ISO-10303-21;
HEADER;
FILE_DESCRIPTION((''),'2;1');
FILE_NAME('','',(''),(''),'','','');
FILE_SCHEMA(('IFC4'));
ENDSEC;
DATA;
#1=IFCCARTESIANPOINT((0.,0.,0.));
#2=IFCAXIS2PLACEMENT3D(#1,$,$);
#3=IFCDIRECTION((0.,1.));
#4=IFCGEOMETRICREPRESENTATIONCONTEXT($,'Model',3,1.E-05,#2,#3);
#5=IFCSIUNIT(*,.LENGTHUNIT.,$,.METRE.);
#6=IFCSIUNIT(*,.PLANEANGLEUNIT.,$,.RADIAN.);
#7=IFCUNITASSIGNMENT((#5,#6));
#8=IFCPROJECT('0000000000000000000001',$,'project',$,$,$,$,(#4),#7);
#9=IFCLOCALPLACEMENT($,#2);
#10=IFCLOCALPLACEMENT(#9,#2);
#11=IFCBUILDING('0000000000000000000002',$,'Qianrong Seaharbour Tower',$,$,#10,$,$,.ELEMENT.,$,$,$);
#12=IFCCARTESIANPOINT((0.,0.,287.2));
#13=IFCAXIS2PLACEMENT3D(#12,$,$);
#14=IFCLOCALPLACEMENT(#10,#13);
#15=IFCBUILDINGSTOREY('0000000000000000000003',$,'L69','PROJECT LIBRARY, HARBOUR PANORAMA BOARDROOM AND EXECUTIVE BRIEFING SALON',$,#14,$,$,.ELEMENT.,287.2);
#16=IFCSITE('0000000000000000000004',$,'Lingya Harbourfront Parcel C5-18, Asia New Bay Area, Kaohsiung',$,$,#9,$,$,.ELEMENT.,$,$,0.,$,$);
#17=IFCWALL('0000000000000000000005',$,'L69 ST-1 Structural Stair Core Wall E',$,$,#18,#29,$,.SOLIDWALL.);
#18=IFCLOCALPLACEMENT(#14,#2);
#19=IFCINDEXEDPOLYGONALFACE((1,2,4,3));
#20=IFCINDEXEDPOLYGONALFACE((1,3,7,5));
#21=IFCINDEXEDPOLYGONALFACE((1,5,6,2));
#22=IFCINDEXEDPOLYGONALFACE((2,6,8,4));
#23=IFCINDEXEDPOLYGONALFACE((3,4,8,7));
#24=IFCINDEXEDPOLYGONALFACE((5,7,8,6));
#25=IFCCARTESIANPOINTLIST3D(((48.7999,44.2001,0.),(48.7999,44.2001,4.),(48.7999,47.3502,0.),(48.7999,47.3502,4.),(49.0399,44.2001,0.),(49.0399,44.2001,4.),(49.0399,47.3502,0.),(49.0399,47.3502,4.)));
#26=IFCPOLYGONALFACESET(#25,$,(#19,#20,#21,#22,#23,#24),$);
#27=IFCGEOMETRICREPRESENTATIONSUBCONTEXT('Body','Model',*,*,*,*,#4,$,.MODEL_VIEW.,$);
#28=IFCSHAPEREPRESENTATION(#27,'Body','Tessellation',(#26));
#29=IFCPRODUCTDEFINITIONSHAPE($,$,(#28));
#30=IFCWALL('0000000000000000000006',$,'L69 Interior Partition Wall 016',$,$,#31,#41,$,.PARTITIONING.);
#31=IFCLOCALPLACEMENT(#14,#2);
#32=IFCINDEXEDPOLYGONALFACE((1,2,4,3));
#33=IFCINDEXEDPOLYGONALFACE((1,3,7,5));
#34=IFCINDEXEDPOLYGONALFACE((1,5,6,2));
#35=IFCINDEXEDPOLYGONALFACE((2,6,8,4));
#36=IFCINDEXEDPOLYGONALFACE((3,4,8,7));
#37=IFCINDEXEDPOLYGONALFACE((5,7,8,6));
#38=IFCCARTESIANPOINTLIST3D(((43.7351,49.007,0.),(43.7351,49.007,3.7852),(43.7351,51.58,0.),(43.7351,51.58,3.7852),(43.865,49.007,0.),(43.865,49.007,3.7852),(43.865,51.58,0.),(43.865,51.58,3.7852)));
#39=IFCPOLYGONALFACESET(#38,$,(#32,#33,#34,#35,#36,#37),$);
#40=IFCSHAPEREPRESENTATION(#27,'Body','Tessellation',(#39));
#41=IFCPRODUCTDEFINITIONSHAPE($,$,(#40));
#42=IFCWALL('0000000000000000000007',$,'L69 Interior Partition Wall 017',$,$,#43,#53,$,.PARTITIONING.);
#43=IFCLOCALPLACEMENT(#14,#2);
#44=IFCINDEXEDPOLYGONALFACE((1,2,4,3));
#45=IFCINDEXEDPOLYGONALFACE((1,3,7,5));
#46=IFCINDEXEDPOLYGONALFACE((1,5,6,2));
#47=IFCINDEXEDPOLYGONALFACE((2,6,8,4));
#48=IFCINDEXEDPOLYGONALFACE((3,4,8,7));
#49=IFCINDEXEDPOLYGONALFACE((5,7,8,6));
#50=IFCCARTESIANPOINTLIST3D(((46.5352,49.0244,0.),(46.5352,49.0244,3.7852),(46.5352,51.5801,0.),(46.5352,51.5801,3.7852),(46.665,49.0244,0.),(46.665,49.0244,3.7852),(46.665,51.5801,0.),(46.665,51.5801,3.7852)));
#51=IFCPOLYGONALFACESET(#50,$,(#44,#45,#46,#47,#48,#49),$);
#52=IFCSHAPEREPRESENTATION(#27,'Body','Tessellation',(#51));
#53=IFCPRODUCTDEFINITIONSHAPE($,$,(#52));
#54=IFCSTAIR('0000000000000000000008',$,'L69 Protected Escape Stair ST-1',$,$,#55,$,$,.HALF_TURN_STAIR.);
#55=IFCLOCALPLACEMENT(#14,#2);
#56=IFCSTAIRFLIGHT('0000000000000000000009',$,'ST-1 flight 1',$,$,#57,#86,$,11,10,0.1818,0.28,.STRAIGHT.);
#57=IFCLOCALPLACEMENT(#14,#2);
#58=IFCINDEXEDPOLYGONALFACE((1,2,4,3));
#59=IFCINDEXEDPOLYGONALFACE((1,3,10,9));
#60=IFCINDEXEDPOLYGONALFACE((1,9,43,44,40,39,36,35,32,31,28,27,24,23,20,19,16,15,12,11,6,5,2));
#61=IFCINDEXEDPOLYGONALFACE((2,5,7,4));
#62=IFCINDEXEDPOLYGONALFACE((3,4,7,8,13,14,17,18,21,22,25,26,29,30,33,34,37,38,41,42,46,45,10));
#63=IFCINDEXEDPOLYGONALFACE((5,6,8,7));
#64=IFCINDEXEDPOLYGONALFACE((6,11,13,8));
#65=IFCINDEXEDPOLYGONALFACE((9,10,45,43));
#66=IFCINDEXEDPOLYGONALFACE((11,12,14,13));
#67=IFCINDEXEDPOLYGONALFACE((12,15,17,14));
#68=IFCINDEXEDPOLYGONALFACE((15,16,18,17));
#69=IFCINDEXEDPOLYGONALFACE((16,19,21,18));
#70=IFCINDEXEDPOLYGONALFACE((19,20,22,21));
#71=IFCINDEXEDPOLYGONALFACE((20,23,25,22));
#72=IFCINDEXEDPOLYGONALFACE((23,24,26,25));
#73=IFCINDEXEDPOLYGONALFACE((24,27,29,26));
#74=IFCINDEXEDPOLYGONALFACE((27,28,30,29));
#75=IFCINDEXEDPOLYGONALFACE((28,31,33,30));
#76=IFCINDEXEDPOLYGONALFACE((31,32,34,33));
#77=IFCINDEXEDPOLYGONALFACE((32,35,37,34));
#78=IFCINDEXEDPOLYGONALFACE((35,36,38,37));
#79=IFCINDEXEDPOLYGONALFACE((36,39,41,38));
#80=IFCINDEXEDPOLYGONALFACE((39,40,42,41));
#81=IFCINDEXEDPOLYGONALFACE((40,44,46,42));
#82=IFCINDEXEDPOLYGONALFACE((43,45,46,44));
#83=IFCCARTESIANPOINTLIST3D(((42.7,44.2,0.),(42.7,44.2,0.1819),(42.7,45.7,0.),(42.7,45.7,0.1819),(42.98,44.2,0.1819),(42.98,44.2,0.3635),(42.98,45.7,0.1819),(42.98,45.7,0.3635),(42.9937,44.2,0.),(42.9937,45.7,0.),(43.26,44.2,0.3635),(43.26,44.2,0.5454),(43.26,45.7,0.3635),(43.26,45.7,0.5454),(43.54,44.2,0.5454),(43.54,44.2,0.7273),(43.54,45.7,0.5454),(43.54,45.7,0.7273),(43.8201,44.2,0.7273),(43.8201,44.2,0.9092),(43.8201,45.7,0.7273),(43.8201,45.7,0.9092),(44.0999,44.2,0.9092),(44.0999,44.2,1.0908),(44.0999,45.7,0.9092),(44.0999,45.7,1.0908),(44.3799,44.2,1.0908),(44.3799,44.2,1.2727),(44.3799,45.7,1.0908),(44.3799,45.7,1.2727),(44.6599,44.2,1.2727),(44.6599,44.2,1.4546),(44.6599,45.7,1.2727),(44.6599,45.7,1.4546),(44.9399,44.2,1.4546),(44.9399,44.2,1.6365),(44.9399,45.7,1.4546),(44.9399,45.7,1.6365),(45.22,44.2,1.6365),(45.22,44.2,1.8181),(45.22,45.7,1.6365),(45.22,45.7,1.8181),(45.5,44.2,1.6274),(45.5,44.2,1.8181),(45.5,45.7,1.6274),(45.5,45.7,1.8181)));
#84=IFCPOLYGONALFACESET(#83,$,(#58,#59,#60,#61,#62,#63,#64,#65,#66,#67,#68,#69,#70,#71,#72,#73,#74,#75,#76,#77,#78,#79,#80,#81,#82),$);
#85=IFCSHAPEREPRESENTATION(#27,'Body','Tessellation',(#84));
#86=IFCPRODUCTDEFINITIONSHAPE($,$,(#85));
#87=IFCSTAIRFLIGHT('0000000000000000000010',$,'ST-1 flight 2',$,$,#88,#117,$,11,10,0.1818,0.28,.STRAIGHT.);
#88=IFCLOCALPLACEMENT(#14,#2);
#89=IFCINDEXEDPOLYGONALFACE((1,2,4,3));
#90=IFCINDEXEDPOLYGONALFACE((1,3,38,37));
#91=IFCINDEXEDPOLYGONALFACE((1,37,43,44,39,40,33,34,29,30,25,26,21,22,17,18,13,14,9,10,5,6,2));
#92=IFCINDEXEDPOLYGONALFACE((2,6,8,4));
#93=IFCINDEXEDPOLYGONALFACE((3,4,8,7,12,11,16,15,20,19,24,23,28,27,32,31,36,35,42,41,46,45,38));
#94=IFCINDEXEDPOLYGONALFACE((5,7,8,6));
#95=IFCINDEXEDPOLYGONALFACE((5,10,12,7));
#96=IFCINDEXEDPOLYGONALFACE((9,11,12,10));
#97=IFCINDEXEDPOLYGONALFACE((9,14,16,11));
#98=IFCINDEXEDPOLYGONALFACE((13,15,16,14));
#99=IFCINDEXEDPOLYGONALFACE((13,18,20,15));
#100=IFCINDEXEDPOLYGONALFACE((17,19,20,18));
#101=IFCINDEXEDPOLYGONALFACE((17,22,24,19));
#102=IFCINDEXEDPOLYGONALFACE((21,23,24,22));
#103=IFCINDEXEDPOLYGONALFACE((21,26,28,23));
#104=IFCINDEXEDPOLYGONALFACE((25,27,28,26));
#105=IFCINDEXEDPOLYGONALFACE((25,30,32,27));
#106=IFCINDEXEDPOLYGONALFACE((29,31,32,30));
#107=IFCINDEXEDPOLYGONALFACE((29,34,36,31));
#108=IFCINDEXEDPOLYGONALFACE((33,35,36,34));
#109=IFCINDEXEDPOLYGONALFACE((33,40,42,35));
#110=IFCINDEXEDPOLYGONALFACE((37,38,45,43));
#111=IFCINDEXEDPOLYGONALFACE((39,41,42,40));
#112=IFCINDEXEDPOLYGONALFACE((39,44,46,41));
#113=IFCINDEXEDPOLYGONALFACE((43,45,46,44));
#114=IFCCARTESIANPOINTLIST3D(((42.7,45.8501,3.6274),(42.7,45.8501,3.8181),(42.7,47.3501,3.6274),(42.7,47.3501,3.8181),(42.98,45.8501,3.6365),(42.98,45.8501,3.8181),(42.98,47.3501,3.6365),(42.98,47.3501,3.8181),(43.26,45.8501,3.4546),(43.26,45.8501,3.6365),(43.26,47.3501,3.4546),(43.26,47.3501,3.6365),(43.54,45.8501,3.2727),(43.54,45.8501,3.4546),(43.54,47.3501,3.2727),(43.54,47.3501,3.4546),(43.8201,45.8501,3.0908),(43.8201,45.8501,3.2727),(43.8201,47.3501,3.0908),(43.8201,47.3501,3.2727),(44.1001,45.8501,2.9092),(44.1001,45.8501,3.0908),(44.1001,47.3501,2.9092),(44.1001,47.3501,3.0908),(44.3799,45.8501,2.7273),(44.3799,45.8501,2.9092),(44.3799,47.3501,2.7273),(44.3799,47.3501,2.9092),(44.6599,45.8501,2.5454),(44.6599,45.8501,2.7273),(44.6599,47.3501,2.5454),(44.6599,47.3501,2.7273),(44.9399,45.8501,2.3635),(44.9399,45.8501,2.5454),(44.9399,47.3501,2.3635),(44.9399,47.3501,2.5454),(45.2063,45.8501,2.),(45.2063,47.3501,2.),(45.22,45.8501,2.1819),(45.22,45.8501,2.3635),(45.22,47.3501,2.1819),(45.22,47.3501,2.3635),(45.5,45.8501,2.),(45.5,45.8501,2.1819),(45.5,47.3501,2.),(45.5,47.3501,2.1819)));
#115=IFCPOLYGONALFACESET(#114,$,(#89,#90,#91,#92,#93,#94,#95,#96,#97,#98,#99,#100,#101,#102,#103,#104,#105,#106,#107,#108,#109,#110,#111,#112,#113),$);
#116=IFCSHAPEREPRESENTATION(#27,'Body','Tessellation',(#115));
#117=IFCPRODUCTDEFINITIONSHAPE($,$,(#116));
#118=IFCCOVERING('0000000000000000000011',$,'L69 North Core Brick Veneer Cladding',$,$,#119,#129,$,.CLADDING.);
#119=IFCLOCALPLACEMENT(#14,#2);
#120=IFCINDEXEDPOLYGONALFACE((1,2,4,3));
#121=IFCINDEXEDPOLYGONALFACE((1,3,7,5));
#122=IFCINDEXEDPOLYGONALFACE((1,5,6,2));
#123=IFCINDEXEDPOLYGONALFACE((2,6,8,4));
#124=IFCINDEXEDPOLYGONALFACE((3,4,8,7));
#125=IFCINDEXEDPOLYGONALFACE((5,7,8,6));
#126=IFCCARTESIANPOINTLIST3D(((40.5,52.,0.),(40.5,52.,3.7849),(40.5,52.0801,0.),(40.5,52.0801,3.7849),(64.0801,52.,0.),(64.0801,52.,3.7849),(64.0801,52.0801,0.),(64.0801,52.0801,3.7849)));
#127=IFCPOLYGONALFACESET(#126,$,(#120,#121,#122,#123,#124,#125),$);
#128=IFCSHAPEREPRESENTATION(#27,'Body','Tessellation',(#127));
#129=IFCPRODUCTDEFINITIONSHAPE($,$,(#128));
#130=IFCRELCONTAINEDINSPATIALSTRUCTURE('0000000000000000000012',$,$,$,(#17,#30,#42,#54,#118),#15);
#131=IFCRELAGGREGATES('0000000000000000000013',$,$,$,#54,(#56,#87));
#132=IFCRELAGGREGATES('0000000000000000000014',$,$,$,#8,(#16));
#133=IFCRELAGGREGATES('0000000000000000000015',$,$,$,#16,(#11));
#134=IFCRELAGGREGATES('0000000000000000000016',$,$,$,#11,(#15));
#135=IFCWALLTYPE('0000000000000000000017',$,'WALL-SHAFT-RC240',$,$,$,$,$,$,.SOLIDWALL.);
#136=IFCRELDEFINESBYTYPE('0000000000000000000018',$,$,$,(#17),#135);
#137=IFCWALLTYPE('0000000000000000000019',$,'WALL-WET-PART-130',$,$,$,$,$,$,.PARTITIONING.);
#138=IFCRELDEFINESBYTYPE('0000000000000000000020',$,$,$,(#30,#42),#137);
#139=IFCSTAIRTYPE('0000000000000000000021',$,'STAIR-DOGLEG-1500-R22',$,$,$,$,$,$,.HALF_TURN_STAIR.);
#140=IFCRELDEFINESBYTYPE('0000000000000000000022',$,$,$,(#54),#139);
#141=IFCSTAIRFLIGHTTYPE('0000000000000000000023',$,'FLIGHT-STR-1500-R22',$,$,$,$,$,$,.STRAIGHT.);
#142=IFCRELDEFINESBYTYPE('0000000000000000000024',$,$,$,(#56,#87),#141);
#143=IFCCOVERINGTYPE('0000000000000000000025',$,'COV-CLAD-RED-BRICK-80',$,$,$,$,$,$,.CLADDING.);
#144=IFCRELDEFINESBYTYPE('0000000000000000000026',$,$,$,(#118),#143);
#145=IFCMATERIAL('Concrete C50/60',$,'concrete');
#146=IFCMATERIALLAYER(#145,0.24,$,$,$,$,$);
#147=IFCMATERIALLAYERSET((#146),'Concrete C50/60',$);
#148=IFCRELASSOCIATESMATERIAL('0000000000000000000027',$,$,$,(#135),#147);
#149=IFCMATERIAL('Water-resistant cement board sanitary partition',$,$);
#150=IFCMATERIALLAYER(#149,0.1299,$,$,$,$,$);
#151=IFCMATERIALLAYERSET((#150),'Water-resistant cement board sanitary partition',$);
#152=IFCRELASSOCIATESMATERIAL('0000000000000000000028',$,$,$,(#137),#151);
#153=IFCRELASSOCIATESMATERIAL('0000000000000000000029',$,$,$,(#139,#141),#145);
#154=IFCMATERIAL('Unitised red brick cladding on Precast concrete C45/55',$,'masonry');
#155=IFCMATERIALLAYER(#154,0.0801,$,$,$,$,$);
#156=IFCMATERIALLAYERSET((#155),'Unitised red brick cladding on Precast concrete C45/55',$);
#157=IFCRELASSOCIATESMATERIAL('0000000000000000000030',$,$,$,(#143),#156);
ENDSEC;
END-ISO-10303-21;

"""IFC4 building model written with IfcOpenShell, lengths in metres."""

from ifc_helpers import new_model, si_unit, direction, frame, frame_2d, origin, origin_2d, place, context, subcontext, project, spatial, polyline, rectangle, outline, extrude, material, layer, layer_set, type_object, element, aggregate, save


model = new_model("IFC4")

# Units and contexts
model_context = context("Model", 3, precision=1e-05, world=origin(), true_north=direction((0.0, 1.0)))
body_context = subcontext(model_context, "Body", "Model", "MODEL_VIEW")
ifc_project = project(units=[si_unit("LENGTHUNIT", "METRE"), si_unit("PLANEANGLEUNIT", "RADIAN")], contexts=[model_context])

# Site, building, storey
site_placement = place(None, origin())
site = spatial("IfcSite", under=ifc_project, at=site_placement, Name="Lingya Harbourfront Parcel C5-18, Asia New Bay Area, Kaohsiung", CompositionType="ELEMENT", RefElevation=0.0)
building_placement = place(site_placement, origin())
building = spatial("IfcBuilding", under=site, at=building_placement, Name="Qianrong Seaharbour Tower", CompositionType="ELEMENT")
storey_placement = place(building_placement, frame((0.0, 0.0, 287.2)))
storey = spatial("IfcBuildingStorey", under=building, at=storey_placement, Name="L69", Description="PROJECT LIBRARY, HARBOUR PANORAMA BOARDROOM AND EXECUTIVE BRIEFING SALON", CompositionType="ELEMENT", Elevation=287.2)

# Shared definitions
ifc_material_1 = material(Name="Concrete C50/60", Category="concrete")

# Shared definitions
ifc_layer_1 = layer(ifc_material_1, 0.24)
ifc_layer_set_1 = layer_set([ifc_layer_1], Name="Concrete C50/60")
wall_type_1 = type_object("IfcWallType", Name="WALL-SHAFT-RC240", PredefinedType="SOLIDWALL", material=ifc_layer_set_1)

# Wall
wall_1_placement = place(storey_placement, frame((48.9199, 44.2, 0.0), z_axis=(0.0, 0.0, 1.0), x_axis=(0.0, 1.0, 0.0)))
element("IfcWall", 1, at=wall_1_placement, inside=storey, type_object=wall_type_1, Name="L69 ST-1 Structural Stair Core Wall E", PredefinedType="SOLIDWALL", context=body_context, shape_type="SweptSolid", body=[
    extrude(rectangle(XDim=3.1501, YDim=0.24, at=frame_2d((1.5752, 0.0))), origin(), (0.0, 0.0, 1.0), 4.0),
])

# Shared definitions
ifc_material_2 = material(Name="Water-resistant cement board sanitary partition")
ifc_layer_2 = layer(ifc_material_2, 0.1299)
ifc_layer_set_2 = layer_set([ifc_layer_2], Name="Water-resistant cement board sanitary partition")
wall_type_2 = type_object("IfcWallType", Name="WALL-WET-PART-130", PredefinedType="PARTITIONING", material=ifc_layer_set_2)

# Walls
wall_2_placement = place(storey_placement, frame((43.8, 51.5801, 0.0), z_axis=(0.0, 0.0, 1.0), x_axis=(0.0, -1.0, 0.0)))
element("IfcWall", 2, at=wall_2_placement, inside=storey, type_object=wall_type_2, Name="L69 Interior Partition Wall 016", PredefinedType="PARTITIONING", context=body_context, shape_type="SweptSolid", body=[
    extrude(rectangle(XDim=2.573, YDim=0.1299, at=frame_2d((1.2866, 0.0))), origin(), (0.0, 0.0, 1.0), 3.7852),
])
wall_3_placement = place(storey_placement, frame((46.6001, 51.5801, 0.0), z_axis=(0.0, 0.0, 1.0), x_axis=(0.0, -1.0, 0.0)))
element("IfcWall", 3, at=wall_3_placement, inside=storey, type_object=wall_type_2, Name="L69 Interior Partition Wall 017", PredefinedType="PARTITIONING", context=body_context, shape_type="SweptSolid", body=[
    extrude(rectangle(XDim=2.5557, YDim=0.1299, at=frame_2d((1.2778, 0.0))), origin(), (0.0, 0.0, 1.0), 3.7852),
])

# Stair, stair flights
stair_type = type_object("IfcStairType", Name="STAIR-DOGLEG-1500-R22", PredefinedType="HALF_TURN_STAIR", material=ifc_material_1)
stair_placement = place(storey_placement, origin())
stair = element("IfcStair", 4, at=stair_placement, inside=storey, type_object=stair_type, Name="L69 Protected Escape Stair ST-1", PredefinedType="HALF_TURN_STAIR")
stair_flight_type = type_object("IfcStairFlightType", Name="FLIGHT-STR-1500-R22", PredefinedType="STRAIGHT", material=ifc_material_1)
stair_flight_1_placement = place(storey_placement, frame((42.7, 44.95, 0.0), z_axis=(0.0, 0.0, 1.0), x_axis=(1.0, 0.0, 0.0)))
stair_flight_1 = element("IfcStairFlight", 5, at=stair_flight_1_placement, type_object=stair_flight_type, Name="ST-1 flight 1", NumberOfRisers=11, NumberOfTreads=10, PredefinedType="STRAIGHT", RiserHeight=0.1818, TreadLength=0.28, context=body_context, shape_type="SweptSolid", body=[
    extrude(outline(polyline([(0.0, 0.0), (0.0, 0.1819), (0.28, 0.1819), (0.28, 0.3635), (0.5601, 0.3635), (0.5601, 0.5454), (0.8401, 0.5454), (0.8401, 0.7273), (1.1201, 0.7273), (1.1201, 0.9092), (1.3999, 0.9092), (1.3999, 1.0908), (1.6799, 1.0908), (1.6799, 1.2727), (1.96, 1.2727), (1.96, 1.4546), (2.24, 1.4546), (2.24, 1.6365), (2.52, 1.6365), (2.52, 1.8181), (2.8, 1.8181), (2.8, 2.0), (2.8, 1.6274), (0.2937, 0.0), (0.0, 0.0)])), frame((0.0, 0.75, 0.0), z_axis=(0.0, -1.0, 0.0), x_axis=(1.0, 0.0, 0.0)), (0.0, 0.0, 1.0), 1.5),
])
stair_flight_2_placement = place(storey_placement, frame((45.5, 46.6001, 2.0), z_axis=(0.0, 0.0, 1.0), x_axis=(-1.0, 0.0, 0.0)))
stair_flight_2 = element("IfcStairFlight", 6, at=stair_flight_2_placement, type_object=stair_flight_type, Name="ST-1 flight 2", NumberOfRisers=11, NumberOfTreads=10, PredefinedType="STRAIGHT", RiserHeight=0.1818, TreadLength=0.28, context=body_context, shape_type="SweptSolid", body=[
    extrude(outline(polyline([(0.0, 0.0), (0.0, 0.1819), (0.28, 0.1819), (0.28, 0.3635), (0.5601, 0.3635), (0.5601, 0.5454), (0.8401, 0.5454), (0.8401, 0.7273), (1.1201, 0.7273), (1.1201, 0.9092), (1.3999, 0.9092), (1.3999, 1.0908), (1.6799, 1.0908), (1.6799, 1.2727), (1.96, 1.2727), (1.96, 1.4546), (2.24, 1.4546), (2.24, 1.6365), (2.52, 1.6365), (2.52, 1.8181), (2.8, 1.8181), (2.8, 2.0), (2.8, 1.6274), (0.2937, 0.0), (0.0, 0.0)])), frame((0.0, 0.75, 0.0), z_axis=(0.0, -1.0, 0.0), x_axis=(1.0, 0.0, 0.0)), (0.0, 0.0, 1.0), 1.5),
])
aggregate(stair, [stair_flight_1, stair_flight_2])

# Covering
ifc_material_3 = material(Name="Unitised red brick cladding on Precast concrete C45/55", Category="masonry")
ifc_layer_3 = layer(ifc_material_3, 0.0801)
ifc_layer_set_3 = layer_set([ifc_layer_3], Name="Unitised red brick cladding on Precast concrete C45/55")
covering_type = type_object("IfcCoveringType", Name="COV-CLAD-RED-BRICK-80", PredefinedType="CLADDING", material=ifc_layer_set_3)
covering_placement = place(storey_placement, frame((52.29, 52.04, 0.0), z_axis=(0.0, 0.0, 1.0), x_axis=(1.0, 0.0, 0.0)))
element("IfcCovering", 7, at=covering_placement, inside=storey, type_object=covering_type, Name="L69 North Core Brick Veneer Cladding", PredefinedType="CLADDING", context=body_context, shape_type="SweptSolid", body=[
    extrude(rectangle(XDim=23.5801, YDim=0.0801, at=origin_2d()), origin(), (0.0, 0.0, 1.0), 3.7849),
])

save(model, "model.ifc")
